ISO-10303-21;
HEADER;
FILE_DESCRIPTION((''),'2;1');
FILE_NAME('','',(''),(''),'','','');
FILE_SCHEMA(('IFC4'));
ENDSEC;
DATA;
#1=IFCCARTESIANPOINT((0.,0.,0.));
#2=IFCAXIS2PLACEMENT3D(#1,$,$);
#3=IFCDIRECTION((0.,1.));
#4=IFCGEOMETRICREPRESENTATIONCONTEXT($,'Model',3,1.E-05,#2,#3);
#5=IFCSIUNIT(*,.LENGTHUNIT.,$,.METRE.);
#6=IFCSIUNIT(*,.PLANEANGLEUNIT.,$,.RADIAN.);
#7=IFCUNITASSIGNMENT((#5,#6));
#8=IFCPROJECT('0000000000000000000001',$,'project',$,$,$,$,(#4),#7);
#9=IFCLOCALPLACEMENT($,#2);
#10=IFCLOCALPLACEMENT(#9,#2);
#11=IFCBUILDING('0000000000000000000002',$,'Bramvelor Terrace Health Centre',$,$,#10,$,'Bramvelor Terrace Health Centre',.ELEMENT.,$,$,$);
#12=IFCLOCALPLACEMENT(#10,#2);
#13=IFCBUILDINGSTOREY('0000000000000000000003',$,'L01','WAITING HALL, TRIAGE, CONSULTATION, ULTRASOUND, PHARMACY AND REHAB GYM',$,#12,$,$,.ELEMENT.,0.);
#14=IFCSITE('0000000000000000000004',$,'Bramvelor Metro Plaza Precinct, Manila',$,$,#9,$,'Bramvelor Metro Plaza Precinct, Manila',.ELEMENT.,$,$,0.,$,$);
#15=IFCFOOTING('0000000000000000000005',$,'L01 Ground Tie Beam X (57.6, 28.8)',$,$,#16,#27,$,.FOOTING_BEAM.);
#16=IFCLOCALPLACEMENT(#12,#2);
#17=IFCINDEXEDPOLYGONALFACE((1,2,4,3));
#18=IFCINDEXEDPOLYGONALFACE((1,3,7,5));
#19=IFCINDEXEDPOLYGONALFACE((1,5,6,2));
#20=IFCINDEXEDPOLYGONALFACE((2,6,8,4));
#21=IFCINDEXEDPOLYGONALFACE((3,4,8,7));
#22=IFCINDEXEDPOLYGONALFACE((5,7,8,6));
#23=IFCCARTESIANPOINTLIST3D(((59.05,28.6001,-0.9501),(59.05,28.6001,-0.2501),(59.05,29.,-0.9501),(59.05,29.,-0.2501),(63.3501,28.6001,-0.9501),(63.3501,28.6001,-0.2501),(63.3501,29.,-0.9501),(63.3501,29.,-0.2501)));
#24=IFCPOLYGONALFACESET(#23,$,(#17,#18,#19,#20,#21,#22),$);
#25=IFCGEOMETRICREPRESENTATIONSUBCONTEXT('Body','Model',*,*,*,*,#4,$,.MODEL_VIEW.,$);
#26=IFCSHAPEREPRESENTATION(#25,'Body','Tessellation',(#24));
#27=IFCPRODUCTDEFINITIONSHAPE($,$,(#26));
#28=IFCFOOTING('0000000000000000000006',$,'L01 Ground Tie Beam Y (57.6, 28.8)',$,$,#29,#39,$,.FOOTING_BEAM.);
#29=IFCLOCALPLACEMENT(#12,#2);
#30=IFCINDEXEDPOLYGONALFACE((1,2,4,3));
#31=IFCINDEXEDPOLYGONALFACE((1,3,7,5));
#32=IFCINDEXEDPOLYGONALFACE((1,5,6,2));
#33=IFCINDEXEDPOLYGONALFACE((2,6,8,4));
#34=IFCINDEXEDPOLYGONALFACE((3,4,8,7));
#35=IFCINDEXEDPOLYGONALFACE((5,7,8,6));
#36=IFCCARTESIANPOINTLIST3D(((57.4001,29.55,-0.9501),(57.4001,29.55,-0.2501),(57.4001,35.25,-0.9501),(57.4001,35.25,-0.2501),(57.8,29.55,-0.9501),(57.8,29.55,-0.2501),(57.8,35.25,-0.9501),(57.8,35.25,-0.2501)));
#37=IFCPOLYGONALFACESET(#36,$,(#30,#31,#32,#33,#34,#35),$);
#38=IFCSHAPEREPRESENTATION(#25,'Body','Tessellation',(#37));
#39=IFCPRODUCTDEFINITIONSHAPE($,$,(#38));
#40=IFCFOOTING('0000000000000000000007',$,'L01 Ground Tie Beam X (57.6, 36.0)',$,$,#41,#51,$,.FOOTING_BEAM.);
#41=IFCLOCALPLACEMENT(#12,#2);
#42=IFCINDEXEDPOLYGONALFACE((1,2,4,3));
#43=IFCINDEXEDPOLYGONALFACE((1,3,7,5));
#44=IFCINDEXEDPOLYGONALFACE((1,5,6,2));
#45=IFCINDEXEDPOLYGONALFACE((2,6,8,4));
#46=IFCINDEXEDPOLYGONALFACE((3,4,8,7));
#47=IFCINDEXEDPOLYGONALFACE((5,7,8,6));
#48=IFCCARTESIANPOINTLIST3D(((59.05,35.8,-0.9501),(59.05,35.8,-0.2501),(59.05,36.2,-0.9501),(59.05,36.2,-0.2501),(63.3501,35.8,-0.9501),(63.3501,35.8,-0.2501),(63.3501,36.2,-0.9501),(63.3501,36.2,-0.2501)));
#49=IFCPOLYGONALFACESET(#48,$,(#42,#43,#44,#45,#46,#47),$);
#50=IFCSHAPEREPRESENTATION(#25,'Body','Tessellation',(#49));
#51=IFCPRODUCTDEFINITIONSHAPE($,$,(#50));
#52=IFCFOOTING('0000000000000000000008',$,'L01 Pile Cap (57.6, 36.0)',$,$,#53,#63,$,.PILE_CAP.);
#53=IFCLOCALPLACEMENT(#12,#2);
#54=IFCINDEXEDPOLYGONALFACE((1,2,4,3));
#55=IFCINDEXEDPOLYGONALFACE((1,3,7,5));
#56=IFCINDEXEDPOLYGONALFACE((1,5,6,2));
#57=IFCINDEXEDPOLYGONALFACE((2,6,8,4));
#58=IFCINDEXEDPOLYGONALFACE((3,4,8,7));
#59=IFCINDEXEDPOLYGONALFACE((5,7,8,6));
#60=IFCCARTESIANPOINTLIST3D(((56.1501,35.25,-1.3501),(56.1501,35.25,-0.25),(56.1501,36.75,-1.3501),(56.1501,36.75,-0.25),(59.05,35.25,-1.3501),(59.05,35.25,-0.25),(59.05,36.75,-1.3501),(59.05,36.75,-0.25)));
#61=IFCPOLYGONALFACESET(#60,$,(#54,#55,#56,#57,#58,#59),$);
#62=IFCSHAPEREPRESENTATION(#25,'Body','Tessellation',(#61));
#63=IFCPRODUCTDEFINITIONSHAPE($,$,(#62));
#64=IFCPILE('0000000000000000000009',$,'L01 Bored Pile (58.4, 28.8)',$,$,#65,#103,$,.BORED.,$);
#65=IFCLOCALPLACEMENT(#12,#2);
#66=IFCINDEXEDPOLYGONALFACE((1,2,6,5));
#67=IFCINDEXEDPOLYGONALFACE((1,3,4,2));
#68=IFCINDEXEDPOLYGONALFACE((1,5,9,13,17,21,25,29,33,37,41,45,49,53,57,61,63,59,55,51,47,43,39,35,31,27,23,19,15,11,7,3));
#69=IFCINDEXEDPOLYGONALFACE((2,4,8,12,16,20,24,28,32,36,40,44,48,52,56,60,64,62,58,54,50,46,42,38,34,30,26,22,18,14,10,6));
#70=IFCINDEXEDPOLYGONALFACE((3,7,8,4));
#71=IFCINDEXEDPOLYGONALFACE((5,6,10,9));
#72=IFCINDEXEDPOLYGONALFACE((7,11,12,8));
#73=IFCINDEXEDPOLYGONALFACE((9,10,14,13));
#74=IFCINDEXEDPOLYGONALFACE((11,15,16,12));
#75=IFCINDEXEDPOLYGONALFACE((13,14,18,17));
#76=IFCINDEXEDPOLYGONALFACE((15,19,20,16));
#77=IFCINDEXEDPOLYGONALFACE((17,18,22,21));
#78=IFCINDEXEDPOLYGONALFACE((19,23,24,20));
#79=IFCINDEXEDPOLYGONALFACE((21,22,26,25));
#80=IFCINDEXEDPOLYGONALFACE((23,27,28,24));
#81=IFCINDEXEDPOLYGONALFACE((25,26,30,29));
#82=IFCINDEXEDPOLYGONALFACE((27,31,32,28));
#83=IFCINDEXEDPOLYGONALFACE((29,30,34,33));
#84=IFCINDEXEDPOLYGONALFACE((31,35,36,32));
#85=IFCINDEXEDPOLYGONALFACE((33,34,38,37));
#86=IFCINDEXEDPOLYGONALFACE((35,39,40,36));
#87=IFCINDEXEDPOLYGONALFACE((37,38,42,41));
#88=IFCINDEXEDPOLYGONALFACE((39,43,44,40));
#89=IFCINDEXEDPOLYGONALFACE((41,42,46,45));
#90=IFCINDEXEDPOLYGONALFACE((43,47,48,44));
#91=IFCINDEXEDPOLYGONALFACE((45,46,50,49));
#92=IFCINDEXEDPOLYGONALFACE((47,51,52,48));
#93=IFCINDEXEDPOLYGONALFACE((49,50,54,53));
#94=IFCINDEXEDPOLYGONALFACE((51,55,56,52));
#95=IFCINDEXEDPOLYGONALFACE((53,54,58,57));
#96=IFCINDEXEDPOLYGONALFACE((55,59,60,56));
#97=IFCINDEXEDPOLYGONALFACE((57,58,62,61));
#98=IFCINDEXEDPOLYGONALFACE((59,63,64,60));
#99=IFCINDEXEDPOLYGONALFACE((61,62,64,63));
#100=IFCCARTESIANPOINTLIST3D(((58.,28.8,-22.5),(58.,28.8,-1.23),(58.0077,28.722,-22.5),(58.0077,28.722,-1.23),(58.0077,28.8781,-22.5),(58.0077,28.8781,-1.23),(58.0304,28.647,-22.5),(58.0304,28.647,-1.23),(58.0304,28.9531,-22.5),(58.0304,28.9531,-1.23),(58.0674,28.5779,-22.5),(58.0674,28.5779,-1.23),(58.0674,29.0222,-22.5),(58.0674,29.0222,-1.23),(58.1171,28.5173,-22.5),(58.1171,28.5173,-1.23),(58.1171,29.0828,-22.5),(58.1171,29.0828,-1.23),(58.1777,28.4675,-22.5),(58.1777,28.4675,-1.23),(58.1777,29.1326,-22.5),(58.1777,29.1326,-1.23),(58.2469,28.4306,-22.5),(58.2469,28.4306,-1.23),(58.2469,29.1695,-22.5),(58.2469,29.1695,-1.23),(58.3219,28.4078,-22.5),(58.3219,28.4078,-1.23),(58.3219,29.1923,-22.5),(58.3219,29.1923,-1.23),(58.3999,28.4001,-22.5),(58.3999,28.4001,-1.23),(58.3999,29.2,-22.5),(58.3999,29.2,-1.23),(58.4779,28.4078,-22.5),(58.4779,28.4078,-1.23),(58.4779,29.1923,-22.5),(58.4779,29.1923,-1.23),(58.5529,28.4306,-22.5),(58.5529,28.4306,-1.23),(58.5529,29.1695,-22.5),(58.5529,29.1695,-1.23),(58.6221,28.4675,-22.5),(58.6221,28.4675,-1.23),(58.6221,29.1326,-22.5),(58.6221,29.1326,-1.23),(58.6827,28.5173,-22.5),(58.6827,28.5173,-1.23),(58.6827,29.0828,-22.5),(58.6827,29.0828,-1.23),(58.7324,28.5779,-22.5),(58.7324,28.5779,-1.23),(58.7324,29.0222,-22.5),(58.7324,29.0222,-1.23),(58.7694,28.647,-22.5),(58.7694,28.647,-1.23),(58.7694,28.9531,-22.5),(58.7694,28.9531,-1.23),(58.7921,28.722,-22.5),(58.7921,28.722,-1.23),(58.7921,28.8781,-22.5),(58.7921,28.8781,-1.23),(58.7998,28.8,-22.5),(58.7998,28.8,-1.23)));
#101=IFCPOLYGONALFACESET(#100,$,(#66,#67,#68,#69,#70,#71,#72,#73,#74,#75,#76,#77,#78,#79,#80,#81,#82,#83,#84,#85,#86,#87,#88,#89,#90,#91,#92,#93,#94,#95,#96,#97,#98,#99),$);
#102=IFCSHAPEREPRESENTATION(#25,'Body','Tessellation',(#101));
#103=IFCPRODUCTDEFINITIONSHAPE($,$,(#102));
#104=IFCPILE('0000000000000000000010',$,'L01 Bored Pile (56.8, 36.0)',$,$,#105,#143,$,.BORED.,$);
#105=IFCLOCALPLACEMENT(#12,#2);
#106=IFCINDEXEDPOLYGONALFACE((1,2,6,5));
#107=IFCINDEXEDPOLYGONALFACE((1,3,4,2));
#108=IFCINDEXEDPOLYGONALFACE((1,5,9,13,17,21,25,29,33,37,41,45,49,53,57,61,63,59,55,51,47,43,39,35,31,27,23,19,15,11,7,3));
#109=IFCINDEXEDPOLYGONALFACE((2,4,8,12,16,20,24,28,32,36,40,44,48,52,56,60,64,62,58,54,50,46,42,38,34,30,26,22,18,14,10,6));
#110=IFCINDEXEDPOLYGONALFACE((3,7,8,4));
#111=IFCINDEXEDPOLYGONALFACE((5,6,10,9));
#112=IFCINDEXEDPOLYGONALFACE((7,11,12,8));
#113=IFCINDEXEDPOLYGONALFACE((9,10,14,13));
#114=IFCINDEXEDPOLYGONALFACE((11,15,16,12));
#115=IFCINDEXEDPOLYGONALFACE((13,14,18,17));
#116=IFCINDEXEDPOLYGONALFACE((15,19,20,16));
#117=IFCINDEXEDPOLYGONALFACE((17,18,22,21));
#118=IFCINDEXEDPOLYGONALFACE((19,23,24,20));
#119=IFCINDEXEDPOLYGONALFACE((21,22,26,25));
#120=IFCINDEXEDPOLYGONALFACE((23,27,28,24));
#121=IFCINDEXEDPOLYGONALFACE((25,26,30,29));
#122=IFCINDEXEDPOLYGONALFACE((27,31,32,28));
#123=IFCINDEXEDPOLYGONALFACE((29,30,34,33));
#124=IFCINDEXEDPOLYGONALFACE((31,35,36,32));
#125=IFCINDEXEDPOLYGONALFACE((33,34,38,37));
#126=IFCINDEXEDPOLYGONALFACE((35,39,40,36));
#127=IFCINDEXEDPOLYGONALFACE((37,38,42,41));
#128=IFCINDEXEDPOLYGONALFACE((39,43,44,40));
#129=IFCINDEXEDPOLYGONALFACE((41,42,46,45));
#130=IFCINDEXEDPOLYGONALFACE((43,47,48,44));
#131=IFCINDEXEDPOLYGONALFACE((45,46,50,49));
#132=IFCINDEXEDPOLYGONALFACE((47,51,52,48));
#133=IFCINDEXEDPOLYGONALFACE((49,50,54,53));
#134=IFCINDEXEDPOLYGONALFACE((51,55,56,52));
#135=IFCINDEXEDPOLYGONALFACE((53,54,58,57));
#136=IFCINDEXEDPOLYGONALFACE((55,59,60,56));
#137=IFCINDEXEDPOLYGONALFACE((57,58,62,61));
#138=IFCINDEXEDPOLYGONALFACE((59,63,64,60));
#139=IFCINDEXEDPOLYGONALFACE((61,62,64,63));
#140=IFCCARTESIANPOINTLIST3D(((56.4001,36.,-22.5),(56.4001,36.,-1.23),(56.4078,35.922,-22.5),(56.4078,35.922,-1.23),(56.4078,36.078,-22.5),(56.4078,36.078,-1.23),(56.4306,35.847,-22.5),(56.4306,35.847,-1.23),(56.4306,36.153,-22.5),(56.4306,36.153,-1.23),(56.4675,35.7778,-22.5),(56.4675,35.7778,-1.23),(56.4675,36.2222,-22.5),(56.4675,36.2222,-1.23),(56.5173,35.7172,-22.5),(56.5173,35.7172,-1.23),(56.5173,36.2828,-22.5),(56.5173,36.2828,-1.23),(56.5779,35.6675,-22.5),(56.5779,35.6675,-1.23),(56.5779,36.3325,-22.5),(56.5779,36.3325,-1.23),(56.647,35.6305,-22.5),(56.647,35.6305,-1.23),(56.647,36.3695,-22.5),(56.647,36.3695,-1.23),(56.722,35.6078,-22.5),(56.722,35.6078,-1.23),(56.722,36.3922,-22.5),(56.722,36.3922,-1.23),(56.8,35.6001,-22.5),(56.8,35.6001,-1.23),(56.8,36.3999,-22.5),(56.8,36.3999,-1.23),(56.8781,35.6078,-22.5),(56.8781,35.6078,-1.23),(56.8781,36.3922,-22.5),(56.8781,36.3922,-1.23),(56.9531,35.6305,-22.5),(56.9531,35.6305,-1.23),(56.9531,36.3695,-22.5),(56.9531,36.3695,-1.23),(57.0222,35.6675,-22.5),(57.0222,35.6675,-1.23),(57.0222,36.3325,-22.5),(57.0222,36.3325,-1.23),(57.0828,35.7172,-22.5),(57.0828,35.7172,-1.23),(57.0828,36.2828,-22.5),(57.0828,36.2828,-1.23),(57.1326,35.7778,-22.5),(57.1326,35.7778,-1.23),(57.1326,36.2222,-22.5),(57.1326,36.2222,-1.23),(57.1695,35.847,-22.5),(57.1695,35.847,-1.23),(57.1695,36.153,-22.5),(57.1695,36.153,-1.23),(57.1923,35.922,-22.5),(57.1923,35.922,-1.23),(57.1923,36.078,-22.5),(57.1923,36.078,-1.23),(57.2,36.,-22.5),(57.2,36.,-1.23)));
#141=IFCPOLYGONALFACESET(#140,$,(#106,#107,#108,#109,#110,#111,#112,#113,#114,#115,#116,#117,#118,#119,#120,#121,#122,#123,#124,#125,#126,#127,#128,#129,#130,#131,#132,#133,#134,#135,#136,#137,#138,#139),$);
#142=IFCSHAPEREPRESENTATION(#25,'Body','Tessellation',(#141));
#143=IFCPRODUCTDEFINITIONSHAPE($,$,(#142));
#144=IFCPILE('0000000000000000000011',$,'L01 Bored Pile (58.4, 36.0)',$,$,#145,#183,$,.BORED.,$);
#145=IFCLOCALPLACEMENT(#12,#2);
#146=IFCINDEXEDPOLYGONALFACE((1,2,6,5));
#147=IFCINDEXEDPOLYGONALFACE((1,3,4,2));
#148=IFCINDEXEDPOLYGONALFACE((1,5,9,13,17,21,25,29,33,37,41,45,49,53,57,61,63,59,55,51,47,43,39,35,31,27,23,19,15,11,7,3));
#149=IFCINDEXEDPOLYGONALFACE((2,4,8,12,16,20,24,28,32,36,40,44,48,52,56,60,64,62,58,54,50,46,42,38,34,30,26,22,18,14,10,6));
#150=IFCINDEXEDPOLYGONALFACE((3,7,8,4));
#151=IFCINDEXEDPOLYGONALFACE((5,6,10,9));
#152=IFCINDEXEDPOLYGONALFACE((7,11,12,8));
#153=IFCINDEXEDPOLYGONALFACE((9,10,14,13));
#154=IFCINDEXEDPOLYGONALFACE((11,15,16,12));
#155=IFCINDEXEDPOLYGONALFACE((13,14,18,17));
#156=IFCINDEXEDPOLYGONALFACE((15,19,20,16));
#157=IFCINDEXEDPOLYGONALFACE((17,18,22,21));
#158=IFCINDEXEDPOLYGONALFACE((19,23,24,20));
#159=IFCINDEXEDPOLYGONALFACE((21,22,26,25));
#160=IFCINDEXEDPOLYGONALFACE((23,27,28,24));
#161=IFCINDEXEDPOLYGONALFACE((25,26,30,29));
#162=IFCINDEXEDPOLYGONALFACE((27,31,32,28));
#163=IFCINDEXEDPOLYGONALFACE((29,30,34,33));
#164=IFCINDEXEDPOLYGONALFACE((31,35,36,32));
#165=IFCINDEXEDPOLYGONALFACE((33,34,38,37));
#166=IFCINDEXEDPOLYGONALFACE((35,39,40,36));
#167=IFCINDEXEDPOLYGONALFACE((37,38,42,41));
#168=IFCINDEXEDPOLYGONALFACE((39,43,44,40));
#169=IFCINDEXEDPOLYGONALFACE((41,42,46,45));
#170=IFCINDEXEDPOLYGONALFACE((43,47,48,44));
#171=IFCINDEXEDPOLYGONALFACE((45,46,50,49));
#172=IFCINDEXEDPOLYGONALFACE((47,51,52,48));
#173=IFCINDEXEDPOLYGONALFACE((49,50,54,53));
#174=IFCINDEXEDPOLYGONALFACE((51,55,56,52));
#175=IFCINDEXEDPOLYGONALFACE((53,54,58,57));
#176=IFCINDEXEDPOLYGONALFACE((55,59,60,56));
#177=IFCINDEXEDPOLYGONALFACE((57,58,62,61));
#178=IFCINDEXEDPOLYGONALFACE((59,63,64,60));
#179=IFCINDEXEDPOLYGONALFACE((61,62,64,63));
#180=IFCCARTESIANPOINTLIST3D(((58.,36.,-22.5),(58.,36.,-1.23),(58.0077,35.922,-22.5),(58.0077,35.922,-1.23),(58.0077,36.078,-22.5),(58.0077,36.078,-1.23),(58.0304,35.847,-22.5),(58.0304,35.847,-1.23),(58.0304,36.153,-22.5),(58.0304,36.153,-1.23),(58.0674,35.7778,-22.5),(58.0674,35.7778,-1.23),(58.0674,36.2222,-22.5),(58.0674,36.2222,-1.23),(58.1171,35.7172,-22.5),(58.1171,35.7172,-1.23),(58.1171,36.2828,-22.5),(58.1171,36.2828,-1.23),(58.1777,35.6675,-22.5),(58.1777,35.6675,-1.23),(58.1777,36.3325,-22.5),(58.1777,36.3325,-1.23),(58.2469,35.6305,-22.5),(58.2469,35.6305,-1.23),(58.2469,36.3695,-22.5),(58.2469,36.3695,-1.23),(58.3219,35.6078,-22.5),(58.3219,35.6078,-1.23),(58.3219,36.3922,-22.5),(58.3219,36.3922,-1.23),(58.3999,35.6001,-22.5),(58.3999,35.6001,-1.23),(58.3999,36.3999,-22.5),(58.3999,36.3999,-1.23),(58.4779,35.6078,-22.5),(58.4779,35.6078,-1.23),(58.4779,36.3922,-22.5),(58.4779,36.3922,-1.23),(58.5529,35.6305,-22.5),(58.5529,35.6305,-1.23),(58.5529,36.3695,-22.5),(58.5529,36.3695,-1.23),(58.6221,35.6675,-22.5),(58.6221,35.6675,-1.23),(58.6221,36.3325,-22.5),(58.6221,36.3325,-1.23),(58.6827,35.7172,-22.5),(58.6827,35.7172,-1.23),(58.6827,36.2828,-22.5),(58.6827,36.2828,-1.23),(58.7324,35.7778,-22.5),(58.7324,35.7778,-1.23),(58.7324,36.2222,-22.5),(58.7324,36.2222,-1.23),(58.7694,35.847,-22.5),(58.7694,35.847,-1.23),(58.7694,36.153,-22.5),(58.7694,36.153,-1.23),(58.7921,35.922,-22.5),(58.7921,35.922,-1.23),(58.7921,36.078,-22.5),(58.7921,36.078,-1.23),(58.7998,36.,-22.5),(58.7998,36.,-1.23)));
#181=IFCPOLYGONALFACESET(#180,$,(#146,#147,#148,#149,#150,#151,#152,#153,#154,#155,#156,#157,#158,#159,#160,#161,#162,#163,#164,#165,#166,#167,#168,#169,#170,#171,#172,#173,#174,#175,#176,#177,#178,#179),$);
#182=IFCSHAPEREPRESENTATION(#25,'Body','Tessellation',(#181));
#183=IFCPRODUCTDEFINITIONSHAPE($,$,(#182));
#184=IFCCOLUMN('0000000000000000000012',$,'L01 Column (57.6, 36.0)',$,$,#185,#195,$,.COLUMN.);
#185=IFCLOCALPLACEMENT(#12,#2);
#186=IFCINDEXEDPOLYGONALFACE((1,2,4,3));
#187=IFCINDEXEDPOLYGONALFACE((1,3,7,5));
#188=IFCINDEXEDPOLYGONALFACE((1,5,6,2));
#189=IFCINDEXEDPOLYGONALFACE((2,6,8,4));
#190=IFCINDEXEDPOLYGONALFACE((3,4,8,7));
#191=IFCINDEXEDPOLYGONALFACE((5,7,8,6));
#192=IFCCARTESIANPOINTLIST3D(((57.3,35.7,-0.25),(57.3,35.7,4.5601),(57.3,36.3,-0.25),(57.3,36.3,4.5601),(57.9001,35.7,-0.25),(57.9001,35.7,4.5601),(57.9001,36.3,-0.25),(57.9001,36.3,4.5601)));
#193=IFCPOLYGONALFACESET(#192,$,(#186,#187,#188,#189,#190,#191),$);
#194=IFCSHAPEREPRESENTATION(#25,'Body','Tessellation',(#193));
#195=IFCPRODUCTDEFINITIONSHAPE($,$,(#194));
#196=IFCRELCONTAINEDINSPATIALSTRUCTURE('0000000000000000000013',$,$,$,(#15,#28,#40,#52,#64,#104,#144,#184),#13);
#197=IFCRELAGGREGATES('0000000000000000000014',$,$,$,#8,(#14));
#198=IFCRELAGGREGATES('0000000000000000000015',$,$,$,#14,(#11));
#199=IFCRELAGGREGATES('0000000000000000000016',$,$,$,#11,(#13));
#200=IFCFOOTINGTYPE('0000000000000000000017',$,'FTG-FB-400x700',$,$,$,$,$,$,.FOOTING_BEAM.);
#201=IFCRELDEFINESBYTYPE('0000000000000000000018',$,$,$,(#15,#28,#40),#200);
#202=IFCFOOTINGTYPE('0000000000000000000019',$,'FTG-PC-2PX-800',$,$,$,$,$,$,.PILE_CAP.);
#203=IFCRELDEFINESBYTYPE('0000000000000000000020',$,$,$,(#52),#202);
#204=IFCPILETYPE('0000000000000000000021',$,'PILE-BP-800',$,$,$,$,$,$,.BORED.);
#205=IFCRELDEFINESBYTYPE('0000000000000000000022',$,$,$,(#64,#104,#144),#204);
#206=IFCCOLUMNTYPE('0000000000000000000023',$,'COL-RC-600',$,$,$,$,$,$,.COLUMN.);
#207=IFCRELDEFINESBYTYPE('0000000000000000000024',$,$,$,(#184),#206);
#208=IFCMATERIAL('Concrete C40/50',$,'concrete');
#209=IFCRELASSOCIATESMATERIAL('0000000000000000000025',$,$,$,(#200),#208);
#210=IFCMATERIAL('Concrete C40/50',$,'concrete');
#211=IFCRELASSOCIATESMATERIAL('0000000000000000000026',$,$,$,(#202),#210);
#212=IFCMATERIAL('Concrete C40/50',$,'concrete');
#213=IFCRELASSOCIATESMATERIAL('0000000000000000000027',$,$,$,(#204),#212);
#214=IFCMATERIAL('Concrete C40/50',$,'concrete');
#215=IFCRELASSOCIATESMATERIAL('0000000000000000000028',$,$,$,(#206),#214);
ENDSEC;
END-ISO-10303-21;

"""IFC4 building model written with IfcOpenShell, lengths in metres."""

from ifc_helpers import new_model, si_unit, direction, frame, origin, origin_2d, place, context, subcontext, project, spatial, rectangle, circle, extrude, material, material_profile, profile_set, type_object, element, save


model = new_model("IFC4")

# Units and contexts
model_context = context("Model", 3, precision=1e-05, world=origin(), true_north=direction((0.0, 1.0)))
body_context = subcontext(model_context, "Body", "Model", "MODEL_VIEW")
ifc_project = project(units=[si_unit("LENGTHUNIT", "METRE"), si_unit("PLANEANGLEUNIT", "RADIAN")], contexts=[model_context])

# Site, building, storey
site_placement = place(None, origin())
site = spatial("IfcSite", under=ifc_project, at=site_placement, Name="Bramvelor Metro Plaza Precinct, Manila", LongName="Bramvelor Metro Plaza Precinct, Manila", CompositionType="ELEMENT", RefElevation=0.0)
building_placement = place(site_placement, origin())
building = spatial("IfcBuilding", under=site, at=building_placement, Name="Bramvelor Terrace Health Centre", LongName="Bramvelor Terrace Health Centre", CompositionType="ELEMENT")
storey_placement = place(building_placement, origin())
storey = spatial("IfcBuildingStorey", under=building, at=storey_placement, Name="L01", Description="WAITING HALL, TRIAGE, CONSULTATION, ULTRASOUND, PHARMACY AND REHAB GYM", CompositionType="ELEMENT", Elevation=0.0)

# Footings
ifc_material_1 = material(Name="Concrete C40/50", Category="concrete")
ifc_material_profile_1 = material_profile(ifc_material_1, rectangle(XDim=0.3999, YDim=0.7, at=origin_2d()), Name="RC 400x700")
ifc_profile_set_1 = profile_set([ifc_material_profile_1], Name="Concrete C40/50")
footing_type_1 = type_object("IfcFootingType", Name="FTG-FB-400x700", PredefinedType="FOOTING_BEAM", material=ifc_profile_set_1)
footing_1_placement = place(storey_placement, frame((59.05, 28.8, -0.6001), z_axis=(1.0, 0.0, 0.0), x_axis=(0.0, 1.0, 0.0)))
element("IfcFooting", 1, at=footing_1_placement, inside=storey, type_object=footing_type_1, Name="L01 Ground Tie Beam X (57.6, 28.8)", PredefinedType="FOOTING_BEAM", context=body_context, shape_type="SweptSolid", body=[
    extrude(rectangle(XDim=0.3999, YDim=0.7, at=origin_2d()), origin(), (0.0, 0.0, 1.0), 4.3),
])
footing_2_placement = place(storey_placement, frame((57.6001, 29.55, -0.6001), z_axis=(0.0, 1.0, 0.0), x_axis=(-1.0, 0.0, 0.0)))
element("IfcFooting", 2, at=footing_2_placement, inside=storey, type_object=footing_type_1, Name="L01 Ground Tie Beam Y (57.6, 28.8)", PredefinedType="FOOTING_BEAM", context=body_context, shape_type="SweptSolid", body=[
    extrude(rectangle(XDim=0.3999, YDim=0.7, at=origin_2d()), origin(), (0.0, 0.0, 1.0), 5.7),
])
footing_3_placement = place(storey_placement, frame((59.05, 36.0, -0.6001), z_axis=(1.0, 0.0, 0.0), x_axis=(0.0, 1.0, 0.0)))
element("IfcFooting", 3, at=footing_3_placement, inside=storey, type_object=footing_type_1, Name="L01 Ground Tie Beam X (57.6, 36.0)", PredefinedType="FOOTING_BEAM", context=body_context, shape_type="SweptSolid", body=[
    extrude(rectangle(XDim=0.3999, YDim=0.7, at=origin_2d()), origin(), (0.0, 0.0, 1.0), 4.3),
])
ifc_material_2 = material(Name="Concrete C40/50", Category="concrete")
footing_type_2 = type_object("IfcFootingType", Name="FTG-PC-2PX-800", PredefinedType="PILE_CAP", material=ifc_material_2)
footing_4_placement = place(storey_placement, frame((57.6001, 36.0, -1.3501), z_axis=(0.0, 0.0, 1.0), x_axis=(1.0, 0.0, 0.0)))
element("IfcFooting", 4, at=footing_4_placement, inside=storey, type_object=footing_type_2, Name="L01 Pile Cap (57.6, 36.0)", PredefinedType="PILE_CAP", context=body_context, shape_type="SweptSolid", body=[
    extrude(rectangle(XDim=2.8999, YDim=1.5, at=origin_2d()), origin(), (0.0, 0.0, 1.0), 1.1001),
])

# Piles
ifc_material_3 = material(Name="Concrete C40/50", Category="concrete")
ifc_material_profile_2 = material_profile(ifc_material_3, circle(Radius=0.3999, at=origin_2d()), Name="BP D800")
ifc_profile_set_2 = profile_set([ifc_material_profile_2], Name="Concrete C40/50")
pile_type = type_object("IfcPileType", Name="PILE-BP-800", PredefinedType="BORED", material=ifc_profile_set_2)
for number, where, z_axis, x_axis, name in (
    (5, (58.3999, 28.8, -1.23), (0.0, 0.0, -1.0), (1.0, 0.0, 0.0), "L01 Bored Pile (58.4, 28.8)"),
    (6, (56.8, 36.0, -1.23), (0.0, 0.0, -1.0), (1.0, 0.0, 0.0), "L01 Bored Pile (56.8, 36.0)"),
    (7, (58.3999, 36.0, -1.23), (0.0, 0.0, -1.0), (1.0, 0.0, 0.0), "L01 Bored Pile (58.4, 36.0)"),
):
    element("IfcPile", number, at=place(storey_placement, frame(where, z_axis=z_axis, x_axis=x_axis)), inside=storey, type_object=pile_type, Name=name, PredefinedType="BORED", context=body_context, shape_type="SweptSolid", body=[
        extrude(circle(Radius=0.3999, at=origin_2d()), origin(), (0.0, 0.0, 1.0), 21.27),
    ])

# Column
ifc_material_4 = material(Name="Concrete C40/50", Category="concrete")
ifc_material_profile_3 = material_profile(ifc_material_4, rectangle(XDim=0.6001, YDim=0.6001, at=origin_2d()), Name="RC 600x600")
ifc_profile_set_3 = profile_set([ifc_material_profile_3], Name="Concrete C40/50")
column_type = type_object("IfcColumnType", Name="COL-RC-600", PredefinedType="COLUMN", material=ifc_profile_set_3)
column_placement = place(storey_placement, frame((57.6001, 36.0, -0.25), z_axis=(0.0, 0.0, 1.0), x_axis=(1.0, 0.0, 0.0)))
element("IfcColumn", 8, at=column_placement, inside=storey, type_object=column_type, Name="L01 Column (57.6, 36.0)", PredefinedType="COLUMN", context=body_context, shape_type="SweptSolid", body=[
    extrude(rectangle(XDim=0.6001, YDim=0.6001, at=origin_2d()), origin(), (0.0, 0.0, 1.0), 4.8101),
])

save(model, "model.ifc")
